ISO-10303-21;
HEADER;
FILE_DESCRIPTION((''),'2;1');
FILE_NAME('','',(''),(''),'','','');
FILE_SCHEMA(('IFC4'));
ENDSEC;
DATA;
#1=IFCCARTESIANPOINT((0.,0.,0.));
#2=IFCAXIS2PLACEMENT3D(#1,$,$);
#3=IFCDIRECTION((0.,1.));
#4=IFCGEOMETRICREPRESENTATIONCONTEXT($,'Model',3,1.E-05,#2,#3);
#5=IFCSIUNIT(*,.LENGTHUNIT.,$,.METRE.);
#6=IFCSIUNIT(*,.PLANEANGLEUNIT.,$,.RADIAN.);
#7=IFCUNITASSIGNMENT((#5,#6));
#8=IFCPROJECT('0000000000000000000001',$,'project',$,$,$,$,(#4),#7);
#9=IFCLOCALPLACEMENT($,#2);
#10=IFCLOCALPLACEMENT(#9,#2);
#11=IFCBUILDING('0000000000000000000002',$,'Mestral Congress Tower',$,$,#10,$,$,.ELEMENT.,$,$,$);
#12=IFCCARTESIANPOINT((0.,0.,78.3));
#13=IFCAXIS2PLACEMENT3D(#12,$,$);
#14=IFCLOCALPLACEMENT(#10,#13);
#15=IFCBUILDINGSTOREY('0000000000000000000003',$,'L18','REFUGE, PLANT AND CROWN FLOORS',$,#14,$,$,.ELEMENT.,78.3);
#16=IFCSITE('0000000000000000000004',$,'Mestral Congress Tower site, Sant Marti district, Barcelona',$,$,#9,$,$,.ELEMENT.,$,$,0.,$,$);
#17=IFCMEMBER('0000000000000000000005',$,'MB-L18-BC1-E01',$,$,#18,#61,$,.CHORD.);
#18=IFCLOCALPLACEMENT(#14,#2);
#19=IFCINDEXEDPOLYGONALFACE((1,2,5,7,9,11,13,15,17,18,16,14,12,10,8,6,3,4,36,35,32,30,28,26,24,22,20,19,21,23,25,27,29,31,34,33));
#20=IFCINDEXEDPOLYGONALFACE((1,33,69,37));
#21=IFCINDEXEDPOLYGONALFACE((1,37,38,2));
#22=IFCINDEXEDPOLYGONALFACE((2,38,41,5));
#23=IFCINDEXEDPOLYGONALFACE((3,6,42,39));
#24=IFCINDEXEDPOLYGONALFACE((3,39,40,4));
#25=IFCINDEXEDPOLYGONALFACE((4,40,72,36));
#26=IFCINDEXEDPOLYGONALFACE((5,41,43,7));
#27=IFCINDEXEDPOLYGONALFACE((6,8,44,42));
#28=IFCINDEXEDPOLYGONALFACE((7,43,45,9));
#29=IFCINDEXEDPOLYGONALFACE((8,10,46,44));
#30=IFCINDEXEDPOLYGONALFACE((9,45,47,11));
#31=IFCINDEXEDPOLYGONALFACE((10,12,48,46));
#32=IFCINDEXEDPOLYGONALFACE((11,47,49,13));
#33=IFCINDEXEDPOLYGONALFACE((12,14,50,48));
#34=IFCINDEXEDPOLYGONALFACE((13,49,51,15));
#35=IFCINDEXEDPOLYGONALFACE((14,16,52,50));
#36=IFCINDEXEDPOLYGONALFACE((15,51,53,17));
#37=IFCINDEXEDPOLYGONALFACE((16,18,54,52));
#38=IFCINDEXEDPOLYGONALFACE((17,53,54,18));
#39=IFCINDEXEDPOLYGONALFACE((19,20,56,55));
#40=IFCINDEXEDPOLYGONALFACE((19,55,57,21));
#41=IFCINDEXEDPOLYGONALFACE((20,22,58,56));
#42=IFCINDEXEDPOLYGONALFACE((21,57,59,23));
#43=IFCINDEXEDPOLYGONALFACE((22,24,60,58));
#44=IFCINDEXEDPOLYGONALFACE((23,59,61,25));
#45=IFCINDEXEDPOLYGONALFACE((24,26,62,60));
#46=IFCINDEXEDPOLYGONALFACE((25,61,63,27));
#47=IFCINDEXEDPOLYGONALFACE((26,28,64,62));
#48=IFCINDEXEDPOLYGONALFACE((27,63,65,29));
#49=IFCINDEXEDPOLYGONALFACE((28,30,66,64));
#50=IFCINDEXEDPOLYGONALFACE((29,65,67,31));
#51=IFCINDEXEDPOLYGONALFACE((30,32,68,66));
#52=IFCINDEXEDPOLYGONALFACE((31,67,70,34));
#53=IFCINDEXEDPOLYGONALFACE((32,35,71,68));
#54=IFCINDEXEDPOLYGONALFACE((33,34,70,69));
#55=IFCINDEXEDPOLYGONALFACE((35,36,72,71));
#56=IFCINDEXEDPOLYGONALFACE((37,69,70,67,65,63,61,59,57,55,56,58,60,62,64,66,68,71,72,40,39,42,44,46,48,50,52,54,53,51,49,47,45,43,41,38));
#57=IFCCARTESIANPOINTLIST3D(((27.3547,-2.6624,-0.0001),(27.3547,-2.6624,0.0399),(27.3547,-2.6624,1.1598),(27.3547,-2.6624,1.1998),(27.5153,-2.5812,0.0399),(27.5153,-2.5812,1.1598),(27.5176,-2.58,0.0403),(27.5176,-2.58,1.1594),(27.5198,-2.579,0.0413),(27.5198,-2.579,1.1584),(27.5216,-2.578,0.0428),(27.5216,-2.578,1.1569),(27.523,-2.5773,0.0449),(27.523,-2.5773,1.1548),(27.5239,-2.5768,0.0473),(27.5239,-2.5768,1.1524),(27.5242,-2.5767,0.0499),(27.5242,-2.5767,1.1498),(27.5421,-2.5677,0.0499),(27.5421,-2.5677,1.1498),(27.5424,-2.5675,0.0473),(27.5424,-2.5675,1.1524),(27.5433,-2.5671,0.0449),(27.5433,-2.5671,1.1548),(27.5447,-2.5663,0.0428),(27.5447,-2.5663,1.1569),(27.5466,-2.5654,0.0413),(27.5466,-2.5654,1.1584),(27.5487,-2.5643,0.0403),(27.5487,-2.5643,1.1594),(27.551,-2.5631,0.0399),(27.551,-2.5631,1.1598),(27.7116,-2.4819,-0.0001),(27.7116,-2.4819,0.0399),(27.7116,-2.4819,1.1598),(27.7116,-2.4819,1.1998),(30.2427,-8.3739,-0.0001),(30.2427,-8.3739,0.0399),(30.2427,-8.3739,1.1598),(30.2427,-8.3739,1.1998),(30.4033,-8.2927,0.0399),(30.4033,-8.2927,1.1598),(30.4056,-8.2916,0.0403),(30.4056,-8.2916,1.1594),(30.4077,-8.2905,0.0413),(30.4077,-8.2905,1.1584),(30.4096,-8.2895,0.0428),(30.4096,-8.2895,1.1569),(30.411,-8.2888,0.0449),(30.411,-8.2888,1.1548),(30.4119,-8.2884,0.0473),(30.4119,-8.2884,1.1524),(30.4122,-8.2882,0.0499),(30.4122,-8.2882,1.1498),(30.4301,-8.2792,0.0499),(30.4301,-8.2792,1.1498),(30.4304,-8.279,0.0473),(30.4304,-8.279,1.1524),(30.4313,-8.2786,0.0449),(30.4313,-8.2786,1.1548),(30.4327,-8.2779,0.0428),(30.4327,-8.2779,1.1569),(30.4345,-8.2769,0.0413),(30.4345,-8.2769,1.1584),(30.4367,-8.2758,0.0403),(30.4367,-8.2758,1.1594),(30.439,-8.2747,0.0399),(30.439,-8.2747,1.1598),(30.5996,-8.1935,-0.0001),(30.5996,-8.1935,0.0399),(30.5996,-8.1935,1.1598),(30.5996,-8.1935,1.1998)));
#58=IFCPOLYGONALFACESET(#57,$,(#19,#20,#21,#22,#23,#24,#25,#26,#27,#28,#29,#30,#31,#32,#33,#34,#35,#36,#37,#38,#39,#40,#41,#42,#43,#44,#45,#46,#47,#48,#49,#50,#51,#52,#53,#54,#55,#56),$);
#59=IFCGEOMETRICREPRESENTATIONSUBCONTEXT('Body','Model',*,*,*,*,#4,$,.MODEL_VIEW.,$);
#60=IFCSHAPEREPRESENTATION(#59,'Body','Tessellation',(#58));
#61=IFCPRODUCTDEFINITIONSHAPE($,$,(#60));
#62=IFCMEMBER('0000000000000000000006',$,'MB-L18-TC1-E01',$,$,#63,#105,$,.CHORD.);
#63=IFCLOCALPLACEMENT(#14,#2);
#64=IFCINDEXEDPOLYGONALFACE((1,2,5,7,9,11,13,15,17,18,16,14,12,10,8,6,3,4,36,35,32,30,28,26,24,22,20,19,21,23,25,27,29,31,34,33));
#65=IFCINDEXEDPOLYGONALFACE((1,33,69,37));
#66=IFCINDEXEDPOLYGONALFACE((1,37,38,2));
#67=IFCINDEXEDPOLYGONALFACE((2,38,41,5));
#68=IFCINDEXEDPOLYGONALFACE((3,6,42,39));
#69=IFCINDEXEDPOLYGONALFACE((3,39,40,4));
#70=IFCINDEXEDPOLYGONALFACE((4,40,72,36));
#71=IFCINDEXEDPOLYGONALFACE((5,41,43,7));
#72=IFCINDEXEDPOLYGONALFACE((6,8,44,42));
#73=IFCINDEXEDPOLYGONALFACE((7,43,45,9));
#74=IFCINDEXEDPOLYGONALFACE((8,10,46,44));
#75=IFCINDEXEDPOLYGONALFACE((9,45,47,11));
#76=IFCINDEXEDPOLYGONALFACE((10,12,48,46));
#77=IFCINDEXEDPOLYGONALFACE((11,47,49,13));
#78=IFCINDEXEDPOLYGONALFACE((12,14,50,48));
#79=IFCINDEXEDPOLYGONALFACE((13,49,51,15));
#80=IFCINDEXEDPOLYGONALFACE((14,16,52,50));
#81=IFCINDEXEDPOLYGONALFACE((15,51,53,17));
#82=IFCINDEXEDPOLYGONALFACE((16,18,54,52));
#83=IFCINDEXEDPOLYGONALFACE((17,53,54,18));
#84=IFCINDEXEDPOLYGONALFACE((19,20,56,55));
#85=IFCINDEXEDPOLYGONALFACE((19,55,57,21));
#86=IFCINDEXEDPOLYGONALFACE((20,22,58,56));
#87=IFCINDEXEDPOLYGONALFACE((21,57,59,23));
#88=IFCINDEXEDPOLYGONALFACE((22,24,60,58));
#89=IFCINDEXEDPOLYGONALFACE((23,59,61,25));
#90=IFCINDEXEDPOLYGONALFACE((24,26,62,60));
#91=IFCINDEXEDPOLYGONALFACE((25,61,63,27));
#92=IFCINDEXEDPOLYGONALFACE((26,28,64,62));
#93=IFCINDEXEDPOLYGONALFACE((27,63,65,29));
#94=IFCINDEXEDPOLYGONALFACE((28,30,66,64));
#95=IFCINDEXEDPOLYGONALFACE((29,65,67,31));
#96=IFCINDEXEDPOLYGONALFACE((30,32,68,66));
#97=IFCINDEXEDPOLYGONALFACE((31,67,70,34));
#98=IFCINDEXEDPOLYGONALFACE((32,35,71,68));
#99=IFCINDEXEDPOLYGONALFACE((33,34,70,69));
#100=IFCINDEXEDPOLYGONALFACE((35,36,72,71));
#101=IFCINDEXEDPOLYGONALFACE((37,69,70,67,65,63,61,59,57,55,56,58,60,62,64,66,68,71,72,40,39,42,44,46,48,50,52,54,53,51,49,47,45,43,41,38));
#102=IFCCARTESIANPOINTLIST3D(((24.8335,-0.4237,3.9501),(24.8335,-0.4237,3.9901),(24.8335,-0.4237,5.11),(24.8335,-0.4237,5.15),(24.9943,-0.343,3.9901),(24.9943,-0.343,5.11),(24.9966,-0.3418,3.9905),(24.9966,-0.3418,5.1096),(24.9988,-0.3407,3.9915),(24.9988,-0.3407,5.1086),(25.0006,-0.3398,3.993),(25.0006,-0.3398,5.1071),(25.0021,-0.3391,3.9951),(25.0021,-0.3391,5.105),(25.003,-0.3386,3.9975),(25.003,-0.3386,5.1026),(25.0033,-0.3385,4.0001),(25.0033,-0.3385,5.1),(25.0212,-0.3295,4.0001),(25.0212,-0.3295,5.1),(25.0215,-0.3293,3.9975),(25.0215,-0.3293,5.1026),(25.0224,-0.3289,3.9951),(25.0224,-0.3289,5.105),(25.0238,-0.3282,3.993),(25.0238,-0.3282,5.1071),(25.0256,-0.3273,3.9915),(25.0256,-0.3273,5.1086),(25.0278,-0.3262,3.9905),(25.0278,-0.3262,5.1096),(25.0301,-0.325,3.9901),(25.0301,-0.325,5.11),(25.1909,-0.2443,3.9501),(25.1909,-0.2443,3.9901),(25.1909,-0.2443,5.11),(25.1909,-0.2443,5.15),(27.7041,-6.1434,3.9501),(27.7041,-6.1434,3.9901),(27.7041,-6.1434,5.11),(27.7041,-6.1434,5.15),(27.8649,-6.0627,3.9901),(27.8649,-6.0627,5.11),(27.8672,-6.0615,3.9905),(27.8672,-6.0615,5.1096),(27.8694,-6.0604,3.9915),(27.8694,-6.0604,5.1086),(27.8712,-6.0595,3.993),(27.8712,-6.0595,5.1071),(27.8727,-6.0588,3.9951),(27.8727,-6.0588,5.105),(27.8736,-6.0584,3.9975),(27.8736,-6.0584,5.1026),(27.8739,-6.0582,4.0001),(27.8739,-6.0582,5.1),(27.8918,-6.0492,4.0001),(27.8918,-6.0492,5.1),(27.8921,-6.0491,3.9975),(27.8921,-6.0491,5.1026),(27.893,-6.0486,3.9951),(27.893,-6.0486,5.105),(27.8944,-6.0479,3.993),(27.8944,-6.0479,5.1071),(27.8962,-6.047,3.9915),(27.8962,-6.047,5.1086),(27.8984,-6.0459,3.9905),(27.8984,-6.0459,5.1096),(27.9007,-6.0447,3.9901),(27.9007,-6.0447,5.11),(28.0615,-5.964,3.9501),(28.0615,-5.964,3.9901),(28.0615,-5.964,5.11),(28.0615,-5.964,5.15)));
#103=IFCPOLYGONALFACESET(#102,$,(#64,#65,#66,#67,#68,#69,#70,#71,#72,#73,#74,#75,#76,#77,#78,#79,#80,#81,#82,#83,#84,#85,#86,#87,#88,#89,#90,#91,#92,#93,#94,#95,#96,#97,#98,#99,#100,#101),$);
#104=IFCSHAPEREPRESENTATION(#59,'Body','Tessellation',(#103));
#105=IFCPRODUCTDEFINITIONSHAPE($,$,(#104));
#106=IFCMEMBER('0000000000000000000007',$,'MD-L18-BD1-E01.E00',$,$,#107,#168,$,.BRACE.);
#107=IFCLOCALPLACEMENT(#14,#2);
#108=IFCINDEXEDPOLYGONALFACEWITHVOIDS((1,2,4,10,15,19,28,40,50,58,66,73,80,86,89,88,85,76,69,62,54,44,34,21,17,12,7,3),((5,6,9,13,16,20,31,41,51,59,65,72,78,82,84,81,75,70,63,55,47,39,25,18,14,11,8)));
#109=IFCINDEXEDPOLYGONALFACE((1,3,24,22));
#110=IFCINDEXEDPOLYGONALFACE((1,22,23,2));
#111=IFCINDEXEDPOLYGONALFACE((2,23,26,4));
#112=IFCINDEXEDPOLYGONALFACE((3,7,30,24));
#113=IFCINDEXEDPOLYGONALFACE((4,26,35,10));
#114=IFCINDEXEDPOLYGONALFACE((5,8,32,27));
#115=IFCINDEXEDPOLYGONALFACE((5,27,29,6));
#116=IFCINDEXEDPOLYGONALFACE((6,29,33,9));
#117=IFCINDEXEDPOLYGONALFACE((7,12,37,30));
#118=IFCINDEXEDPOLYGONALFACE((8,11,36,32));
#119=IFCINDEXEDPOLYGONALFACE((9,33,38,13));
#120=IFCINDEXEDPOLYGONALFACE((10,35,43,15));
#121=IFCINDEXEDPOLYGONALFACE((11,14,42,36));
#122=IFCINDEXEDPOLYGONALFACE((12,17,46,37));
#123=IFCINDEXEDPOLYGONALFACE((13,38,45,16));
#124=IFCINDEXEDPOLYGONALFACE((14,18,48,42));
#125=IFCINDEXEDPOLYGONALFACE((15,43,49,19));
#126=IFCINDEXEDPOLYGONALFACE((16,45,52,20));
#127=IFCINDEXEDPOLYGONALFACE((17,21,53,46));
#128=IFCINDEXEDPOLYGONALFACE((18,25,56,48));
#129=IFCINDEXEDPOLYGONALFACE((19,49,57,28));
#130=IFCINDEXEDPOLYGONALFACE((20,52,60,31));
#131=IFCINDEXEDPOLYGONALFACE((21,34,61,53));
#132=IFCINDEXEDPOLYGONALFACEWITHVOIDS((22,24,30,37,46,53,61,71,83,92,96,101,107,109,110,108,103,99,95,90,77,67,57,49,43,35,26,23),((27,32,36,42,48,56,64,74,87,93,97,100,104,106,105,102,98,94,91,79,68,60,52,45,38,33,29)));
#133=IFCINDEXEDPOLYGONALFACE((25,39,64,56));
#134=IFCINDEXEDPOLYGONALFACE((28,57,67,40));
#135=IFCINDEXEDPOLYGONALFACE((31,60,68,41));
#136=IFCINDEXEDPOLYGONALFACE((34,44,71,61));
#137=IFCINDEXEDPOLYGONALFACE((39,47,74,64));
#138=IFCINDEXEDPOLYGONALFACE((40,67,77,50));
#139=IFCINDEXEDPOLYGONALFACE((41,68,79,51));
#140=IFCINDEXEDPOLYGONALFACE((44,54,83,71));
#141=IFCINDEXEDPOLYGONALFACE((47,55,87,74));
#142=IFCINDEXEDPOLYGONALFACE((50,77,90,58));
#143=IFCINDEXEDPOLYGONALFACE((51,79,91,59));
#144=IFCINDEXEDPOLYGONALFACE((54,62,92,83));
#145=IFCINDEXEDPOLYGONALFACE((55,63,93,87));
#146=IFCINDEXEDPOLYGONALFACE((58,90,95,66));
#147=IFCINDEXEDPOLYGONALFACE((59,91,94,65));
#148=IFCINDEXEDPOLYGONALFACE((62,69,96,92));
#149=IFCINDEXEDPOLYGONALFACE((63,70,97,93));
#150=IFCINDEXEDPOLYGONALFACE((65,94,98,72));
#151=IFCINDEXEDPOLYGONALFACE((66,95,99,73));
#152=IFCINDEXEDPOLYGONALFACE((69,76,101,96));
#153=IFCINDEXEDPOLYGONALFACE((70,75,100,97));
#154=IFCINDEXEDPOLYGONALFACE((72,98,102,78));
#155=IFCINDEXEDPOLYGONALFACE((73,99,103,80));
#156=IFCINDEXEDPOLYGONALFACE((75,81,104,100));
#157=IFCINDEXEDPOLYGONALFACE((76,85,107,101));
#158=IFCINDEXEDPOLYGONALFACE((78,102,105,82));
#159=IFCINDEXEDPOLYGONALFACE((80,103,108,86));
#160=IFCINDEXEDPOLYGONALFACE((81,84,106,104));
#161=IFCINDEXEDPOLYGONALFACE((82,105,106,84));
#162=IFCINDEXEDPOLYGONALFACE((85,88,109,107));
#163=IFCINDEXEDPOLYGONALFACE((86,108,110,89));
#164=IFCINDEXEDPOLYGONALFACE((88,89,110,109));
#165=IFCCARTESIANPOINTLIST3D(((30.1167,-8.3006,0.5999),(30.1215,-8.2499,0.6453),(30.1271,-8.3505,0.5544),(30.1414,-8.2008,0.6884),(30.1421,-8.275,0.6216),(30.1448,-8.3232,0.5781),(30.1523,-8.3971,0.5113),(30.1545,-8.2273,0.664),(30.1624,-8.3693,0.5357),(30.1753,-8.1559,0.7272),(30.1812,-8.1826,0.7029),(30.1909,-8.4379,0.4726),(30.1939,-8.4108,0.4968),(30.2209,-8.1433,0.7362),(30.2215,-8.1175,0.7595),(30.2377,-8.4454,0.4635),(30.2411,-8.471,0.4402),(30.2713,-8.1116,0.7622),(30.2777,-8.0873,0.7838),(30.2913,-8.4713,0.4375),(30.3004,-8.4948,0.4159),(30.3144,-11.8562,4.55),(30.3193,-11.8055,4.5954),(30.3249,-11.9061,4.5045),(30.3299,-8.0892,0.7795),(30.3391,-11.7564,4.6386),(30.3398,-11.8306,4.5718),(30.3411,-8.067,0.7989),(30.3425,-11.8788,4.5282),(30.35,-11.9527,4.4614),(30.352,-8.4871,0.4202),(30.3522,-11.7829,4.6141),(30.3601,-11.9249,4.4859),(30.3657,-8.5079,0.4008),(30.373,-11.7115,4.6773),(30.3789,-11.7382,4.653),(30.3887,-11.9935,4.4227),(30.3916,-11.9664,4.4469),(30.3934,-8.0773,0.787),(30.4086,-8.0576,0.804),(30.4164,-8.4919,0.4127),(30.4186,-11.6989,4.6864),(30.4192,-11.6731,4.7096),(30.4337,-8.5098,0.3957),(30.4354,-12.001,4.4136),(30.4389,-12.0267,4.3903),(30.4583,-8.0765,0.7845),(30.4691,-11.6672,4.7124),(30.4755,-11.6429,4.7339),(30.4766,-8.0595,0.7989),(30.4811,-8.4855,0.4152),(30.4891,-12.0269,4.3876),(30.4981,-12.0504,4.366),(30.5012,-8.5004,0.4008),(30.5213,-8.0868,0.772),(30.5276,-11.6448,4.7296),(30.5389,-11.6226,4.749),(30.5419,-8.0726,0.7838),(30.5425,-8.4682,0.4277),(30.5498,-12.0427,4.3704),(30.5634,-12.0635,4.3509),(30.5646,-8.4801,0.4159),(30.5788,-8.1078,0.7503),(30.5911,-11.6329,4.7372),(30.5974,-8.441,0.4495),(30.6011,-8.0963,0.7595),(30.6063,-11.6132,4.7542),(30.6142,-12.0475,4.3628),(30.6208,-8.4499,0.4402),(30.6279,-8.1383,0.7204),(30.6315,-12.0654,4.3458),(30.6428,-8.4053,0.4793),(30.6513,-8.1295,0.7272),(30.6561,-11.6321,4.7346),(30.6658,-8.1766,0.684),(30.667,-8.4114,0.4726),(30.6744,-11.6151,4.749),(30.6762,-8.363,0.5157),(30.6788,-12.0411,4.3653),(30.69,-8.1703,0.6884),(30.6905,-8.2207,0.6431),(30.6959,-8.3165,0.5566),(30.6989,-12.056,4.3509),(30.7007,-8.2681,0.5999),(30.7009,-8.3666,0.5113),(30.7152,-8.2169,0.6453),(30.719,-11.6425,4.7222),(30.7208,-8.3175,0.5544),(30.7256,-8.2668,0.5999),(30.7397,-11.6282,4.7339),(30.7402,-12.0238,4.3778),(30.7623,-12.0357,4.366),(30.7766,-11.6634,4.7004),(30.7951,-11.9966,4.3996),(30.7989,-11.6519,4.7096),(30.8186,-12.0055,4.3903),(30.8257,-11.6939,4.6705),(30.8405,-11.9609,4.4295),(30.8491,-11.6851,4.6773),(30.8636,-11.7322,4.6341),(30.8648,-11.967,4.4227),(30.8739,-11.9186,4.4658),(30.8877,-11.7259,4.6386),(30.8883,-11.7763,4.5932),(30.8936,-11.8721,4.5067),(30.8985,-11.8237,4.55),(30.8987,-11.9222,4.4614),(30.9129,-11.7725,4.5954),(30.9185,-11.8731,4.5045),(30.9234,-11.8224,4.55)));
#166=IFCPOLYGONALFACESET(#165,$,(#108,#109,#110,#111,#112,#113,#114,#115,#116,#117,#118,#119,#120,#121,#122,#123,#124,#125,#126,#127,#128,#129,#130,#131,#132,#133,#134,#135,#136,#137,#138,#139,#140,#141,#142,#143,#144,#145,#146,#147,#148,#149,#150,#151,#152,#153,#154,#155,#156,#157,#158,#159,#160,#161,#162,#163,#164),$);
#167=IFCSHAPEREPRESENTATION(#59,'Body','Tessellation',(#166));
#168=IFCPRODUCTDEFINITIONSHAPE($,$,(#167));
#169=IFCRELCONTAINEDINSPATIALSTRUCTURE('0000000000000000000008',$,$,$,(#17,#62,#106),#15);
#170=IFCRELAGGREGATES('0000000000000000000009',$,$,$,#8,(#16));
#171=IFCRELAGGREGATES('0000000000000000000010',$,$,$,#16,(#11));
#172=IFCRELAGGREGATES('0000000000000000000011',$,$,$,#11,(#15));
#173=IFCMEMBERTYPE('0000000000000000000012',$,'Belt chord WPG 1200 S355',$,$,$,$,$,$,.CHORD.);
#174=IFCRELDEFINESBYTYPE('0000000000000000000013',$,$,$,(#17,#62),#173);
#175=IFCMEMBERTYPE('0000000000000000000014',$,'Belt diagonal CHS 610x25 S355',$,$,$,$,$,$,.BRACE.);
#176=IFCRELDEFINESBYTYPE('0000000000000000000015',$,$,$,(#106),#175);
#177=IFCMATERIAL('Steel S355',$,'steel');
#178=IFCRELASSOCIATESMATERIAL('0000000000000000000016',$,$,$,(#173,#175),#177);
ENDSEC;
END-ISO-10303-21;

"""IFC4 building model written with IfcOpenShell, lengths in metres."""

from ifc_helpers import new_model, si_unit, direction, frame, origin, origin_2d, place, context, subcontext, project, spatial, hollow_circle, i_section, extrude, material, material_profile, profile_set, type_object, element, save


model = new_model("IFC4")

# Units and contexts
model_context = context("Model", 3, precision=1e-05, world=origin(), true_north=direction((0.0, 1.0)))
body_context = subcontext(model_context, "Body", "Model", "MODEL_VIEW")
ifc_project = project(units=[si_unit("LENGTHUNIT", "METRE"), si_unit("PLANEANGLEUNIT", "RADIAN")], contexts=[model_context])

# Site, building, storey
site_placement = place(None, origin())
site = spatial("IfcSite", under=ifc_project, at=site_placement, Name="Mestral Congress Tower site, Sant Marti district, Barcelona", CompositionType="ELEMENT", RefElevation=0.0)
building_placement = place(site_placement, origin())
building = spatial("IfcBuilding", under=site, at=building_placement, Name="Mestral Congress Tower", CompositionType="ELEMENT")
storey_placement = place(building_placement, frame((0.0, 0.0, 78.3)))
storey = spatial("IfcBuildingStorey", under=building, at=storey_placement, Name="L18", Description="REFUGE, PLANT AND CROWN FLOORS", CompositionType="ELEMENT", Elevation=78.3)

# Members
ifc_material_1 = material(Name="Steel S355", Category="steel")
ifc_material_profile_1 = material_profile(ifc_material_1, i_section(OverallWidth=0.3999, OverallDepth=1.2, WebThickness=0.02, FlangeThickness=0.04, FilletRadius=0.01, at=origin_2d()), Name="WPG 1200")
ifc_profile_set_1 = profile_set([ifc_material_profile_1], Name="Steel S355")
member_type_1 = type_object("IfcMemberType", Name="Belt chord WPG 1200 S355", PredefinedType="CHORD", material=ifc_profile_set_1)
member_1_placement = place(storey_placement, frame((30.4211, -8.2837, 0.5999), z_axis=(-0.451237, 0.892404, 0.0), x_axis=(-0.892404, -0.451237, 0.0)))
element("IfcMember", 1, at=member_1_placement, inside=storey, type_object=member_type_1, Name="MB-L18-BC1-E01", PredefinedType="CHORD", context=body_context, shape_type="SweptSolid", body=[
    extrude(i_section(OverallWidth=0.3999, OverallDepth=1.2, WebThickness=0.02, FlangeThickness=0.04, FilletRadius=0.01, at=origin_2d()), origin(), (0.0, 0.0, 1.0), 6.4001),
])
member_2_placement = place(storey_placement, frame((27.8828, -6.0537, 4.55), z_axis=(-0.448556, 0.893755, 0.0), x_axis=(-0.893755, -0.448556, 0.0)))
element("IfcMember", 2, at=member_2_placement, inside=storey, type_object=member_type_1, Name="MB-L18-TC1-E01", PredefinedType="CHORD", context=body_context, shape_type="SweptSolid", body=[
    extrude(i_section(OverallWidth=0.3999, OverallDepth=1.2, WebThickness=0.02, FlangeThickness=0.04, FilletRadius=0.01, at=origin_2d()), origin(), (0.0, 0.0, 1.0), 6.3997),
])
ifc_material_profile_2 = material_profile(ifc_material_1, hollow_circle(Radius=0.3049, WallThickness=0.0249, at=origin_2d()), Name="CHS 610x25")
ifc_profile_set_2 = profile_set([ifc_material_profile_2], Name="Steel S355")
member_type_2 = type_object("IfcMemberType", Name="Belt diagonal CHS 610x25 S355", PredefinedType="BRACE", material=ifc_profile_set_2)
member_3_placement = place(storey_placement, frame((30.4211, -8.2837, 0.5999), z_axis=(0.037183, -0.668553, 0.742734), x_axis=(0.998457, 0.055531, 0.0)))
element("IfcMember", 3, at=member_3_placement, inside=storey, type_object=member_type_2, Name="MD-L18-BD1-E01.E00", PredefinedType="BRACE", context=body_context, shape_type="SweptSolid", body=[
    extrude(hollow_circle(Radius=0.3049, WallThickness=0.0249, at=origin_2d()), origin(), (0.0, 0.0, 1.0), 5.3184),
])

save(model, "model.ifc")
